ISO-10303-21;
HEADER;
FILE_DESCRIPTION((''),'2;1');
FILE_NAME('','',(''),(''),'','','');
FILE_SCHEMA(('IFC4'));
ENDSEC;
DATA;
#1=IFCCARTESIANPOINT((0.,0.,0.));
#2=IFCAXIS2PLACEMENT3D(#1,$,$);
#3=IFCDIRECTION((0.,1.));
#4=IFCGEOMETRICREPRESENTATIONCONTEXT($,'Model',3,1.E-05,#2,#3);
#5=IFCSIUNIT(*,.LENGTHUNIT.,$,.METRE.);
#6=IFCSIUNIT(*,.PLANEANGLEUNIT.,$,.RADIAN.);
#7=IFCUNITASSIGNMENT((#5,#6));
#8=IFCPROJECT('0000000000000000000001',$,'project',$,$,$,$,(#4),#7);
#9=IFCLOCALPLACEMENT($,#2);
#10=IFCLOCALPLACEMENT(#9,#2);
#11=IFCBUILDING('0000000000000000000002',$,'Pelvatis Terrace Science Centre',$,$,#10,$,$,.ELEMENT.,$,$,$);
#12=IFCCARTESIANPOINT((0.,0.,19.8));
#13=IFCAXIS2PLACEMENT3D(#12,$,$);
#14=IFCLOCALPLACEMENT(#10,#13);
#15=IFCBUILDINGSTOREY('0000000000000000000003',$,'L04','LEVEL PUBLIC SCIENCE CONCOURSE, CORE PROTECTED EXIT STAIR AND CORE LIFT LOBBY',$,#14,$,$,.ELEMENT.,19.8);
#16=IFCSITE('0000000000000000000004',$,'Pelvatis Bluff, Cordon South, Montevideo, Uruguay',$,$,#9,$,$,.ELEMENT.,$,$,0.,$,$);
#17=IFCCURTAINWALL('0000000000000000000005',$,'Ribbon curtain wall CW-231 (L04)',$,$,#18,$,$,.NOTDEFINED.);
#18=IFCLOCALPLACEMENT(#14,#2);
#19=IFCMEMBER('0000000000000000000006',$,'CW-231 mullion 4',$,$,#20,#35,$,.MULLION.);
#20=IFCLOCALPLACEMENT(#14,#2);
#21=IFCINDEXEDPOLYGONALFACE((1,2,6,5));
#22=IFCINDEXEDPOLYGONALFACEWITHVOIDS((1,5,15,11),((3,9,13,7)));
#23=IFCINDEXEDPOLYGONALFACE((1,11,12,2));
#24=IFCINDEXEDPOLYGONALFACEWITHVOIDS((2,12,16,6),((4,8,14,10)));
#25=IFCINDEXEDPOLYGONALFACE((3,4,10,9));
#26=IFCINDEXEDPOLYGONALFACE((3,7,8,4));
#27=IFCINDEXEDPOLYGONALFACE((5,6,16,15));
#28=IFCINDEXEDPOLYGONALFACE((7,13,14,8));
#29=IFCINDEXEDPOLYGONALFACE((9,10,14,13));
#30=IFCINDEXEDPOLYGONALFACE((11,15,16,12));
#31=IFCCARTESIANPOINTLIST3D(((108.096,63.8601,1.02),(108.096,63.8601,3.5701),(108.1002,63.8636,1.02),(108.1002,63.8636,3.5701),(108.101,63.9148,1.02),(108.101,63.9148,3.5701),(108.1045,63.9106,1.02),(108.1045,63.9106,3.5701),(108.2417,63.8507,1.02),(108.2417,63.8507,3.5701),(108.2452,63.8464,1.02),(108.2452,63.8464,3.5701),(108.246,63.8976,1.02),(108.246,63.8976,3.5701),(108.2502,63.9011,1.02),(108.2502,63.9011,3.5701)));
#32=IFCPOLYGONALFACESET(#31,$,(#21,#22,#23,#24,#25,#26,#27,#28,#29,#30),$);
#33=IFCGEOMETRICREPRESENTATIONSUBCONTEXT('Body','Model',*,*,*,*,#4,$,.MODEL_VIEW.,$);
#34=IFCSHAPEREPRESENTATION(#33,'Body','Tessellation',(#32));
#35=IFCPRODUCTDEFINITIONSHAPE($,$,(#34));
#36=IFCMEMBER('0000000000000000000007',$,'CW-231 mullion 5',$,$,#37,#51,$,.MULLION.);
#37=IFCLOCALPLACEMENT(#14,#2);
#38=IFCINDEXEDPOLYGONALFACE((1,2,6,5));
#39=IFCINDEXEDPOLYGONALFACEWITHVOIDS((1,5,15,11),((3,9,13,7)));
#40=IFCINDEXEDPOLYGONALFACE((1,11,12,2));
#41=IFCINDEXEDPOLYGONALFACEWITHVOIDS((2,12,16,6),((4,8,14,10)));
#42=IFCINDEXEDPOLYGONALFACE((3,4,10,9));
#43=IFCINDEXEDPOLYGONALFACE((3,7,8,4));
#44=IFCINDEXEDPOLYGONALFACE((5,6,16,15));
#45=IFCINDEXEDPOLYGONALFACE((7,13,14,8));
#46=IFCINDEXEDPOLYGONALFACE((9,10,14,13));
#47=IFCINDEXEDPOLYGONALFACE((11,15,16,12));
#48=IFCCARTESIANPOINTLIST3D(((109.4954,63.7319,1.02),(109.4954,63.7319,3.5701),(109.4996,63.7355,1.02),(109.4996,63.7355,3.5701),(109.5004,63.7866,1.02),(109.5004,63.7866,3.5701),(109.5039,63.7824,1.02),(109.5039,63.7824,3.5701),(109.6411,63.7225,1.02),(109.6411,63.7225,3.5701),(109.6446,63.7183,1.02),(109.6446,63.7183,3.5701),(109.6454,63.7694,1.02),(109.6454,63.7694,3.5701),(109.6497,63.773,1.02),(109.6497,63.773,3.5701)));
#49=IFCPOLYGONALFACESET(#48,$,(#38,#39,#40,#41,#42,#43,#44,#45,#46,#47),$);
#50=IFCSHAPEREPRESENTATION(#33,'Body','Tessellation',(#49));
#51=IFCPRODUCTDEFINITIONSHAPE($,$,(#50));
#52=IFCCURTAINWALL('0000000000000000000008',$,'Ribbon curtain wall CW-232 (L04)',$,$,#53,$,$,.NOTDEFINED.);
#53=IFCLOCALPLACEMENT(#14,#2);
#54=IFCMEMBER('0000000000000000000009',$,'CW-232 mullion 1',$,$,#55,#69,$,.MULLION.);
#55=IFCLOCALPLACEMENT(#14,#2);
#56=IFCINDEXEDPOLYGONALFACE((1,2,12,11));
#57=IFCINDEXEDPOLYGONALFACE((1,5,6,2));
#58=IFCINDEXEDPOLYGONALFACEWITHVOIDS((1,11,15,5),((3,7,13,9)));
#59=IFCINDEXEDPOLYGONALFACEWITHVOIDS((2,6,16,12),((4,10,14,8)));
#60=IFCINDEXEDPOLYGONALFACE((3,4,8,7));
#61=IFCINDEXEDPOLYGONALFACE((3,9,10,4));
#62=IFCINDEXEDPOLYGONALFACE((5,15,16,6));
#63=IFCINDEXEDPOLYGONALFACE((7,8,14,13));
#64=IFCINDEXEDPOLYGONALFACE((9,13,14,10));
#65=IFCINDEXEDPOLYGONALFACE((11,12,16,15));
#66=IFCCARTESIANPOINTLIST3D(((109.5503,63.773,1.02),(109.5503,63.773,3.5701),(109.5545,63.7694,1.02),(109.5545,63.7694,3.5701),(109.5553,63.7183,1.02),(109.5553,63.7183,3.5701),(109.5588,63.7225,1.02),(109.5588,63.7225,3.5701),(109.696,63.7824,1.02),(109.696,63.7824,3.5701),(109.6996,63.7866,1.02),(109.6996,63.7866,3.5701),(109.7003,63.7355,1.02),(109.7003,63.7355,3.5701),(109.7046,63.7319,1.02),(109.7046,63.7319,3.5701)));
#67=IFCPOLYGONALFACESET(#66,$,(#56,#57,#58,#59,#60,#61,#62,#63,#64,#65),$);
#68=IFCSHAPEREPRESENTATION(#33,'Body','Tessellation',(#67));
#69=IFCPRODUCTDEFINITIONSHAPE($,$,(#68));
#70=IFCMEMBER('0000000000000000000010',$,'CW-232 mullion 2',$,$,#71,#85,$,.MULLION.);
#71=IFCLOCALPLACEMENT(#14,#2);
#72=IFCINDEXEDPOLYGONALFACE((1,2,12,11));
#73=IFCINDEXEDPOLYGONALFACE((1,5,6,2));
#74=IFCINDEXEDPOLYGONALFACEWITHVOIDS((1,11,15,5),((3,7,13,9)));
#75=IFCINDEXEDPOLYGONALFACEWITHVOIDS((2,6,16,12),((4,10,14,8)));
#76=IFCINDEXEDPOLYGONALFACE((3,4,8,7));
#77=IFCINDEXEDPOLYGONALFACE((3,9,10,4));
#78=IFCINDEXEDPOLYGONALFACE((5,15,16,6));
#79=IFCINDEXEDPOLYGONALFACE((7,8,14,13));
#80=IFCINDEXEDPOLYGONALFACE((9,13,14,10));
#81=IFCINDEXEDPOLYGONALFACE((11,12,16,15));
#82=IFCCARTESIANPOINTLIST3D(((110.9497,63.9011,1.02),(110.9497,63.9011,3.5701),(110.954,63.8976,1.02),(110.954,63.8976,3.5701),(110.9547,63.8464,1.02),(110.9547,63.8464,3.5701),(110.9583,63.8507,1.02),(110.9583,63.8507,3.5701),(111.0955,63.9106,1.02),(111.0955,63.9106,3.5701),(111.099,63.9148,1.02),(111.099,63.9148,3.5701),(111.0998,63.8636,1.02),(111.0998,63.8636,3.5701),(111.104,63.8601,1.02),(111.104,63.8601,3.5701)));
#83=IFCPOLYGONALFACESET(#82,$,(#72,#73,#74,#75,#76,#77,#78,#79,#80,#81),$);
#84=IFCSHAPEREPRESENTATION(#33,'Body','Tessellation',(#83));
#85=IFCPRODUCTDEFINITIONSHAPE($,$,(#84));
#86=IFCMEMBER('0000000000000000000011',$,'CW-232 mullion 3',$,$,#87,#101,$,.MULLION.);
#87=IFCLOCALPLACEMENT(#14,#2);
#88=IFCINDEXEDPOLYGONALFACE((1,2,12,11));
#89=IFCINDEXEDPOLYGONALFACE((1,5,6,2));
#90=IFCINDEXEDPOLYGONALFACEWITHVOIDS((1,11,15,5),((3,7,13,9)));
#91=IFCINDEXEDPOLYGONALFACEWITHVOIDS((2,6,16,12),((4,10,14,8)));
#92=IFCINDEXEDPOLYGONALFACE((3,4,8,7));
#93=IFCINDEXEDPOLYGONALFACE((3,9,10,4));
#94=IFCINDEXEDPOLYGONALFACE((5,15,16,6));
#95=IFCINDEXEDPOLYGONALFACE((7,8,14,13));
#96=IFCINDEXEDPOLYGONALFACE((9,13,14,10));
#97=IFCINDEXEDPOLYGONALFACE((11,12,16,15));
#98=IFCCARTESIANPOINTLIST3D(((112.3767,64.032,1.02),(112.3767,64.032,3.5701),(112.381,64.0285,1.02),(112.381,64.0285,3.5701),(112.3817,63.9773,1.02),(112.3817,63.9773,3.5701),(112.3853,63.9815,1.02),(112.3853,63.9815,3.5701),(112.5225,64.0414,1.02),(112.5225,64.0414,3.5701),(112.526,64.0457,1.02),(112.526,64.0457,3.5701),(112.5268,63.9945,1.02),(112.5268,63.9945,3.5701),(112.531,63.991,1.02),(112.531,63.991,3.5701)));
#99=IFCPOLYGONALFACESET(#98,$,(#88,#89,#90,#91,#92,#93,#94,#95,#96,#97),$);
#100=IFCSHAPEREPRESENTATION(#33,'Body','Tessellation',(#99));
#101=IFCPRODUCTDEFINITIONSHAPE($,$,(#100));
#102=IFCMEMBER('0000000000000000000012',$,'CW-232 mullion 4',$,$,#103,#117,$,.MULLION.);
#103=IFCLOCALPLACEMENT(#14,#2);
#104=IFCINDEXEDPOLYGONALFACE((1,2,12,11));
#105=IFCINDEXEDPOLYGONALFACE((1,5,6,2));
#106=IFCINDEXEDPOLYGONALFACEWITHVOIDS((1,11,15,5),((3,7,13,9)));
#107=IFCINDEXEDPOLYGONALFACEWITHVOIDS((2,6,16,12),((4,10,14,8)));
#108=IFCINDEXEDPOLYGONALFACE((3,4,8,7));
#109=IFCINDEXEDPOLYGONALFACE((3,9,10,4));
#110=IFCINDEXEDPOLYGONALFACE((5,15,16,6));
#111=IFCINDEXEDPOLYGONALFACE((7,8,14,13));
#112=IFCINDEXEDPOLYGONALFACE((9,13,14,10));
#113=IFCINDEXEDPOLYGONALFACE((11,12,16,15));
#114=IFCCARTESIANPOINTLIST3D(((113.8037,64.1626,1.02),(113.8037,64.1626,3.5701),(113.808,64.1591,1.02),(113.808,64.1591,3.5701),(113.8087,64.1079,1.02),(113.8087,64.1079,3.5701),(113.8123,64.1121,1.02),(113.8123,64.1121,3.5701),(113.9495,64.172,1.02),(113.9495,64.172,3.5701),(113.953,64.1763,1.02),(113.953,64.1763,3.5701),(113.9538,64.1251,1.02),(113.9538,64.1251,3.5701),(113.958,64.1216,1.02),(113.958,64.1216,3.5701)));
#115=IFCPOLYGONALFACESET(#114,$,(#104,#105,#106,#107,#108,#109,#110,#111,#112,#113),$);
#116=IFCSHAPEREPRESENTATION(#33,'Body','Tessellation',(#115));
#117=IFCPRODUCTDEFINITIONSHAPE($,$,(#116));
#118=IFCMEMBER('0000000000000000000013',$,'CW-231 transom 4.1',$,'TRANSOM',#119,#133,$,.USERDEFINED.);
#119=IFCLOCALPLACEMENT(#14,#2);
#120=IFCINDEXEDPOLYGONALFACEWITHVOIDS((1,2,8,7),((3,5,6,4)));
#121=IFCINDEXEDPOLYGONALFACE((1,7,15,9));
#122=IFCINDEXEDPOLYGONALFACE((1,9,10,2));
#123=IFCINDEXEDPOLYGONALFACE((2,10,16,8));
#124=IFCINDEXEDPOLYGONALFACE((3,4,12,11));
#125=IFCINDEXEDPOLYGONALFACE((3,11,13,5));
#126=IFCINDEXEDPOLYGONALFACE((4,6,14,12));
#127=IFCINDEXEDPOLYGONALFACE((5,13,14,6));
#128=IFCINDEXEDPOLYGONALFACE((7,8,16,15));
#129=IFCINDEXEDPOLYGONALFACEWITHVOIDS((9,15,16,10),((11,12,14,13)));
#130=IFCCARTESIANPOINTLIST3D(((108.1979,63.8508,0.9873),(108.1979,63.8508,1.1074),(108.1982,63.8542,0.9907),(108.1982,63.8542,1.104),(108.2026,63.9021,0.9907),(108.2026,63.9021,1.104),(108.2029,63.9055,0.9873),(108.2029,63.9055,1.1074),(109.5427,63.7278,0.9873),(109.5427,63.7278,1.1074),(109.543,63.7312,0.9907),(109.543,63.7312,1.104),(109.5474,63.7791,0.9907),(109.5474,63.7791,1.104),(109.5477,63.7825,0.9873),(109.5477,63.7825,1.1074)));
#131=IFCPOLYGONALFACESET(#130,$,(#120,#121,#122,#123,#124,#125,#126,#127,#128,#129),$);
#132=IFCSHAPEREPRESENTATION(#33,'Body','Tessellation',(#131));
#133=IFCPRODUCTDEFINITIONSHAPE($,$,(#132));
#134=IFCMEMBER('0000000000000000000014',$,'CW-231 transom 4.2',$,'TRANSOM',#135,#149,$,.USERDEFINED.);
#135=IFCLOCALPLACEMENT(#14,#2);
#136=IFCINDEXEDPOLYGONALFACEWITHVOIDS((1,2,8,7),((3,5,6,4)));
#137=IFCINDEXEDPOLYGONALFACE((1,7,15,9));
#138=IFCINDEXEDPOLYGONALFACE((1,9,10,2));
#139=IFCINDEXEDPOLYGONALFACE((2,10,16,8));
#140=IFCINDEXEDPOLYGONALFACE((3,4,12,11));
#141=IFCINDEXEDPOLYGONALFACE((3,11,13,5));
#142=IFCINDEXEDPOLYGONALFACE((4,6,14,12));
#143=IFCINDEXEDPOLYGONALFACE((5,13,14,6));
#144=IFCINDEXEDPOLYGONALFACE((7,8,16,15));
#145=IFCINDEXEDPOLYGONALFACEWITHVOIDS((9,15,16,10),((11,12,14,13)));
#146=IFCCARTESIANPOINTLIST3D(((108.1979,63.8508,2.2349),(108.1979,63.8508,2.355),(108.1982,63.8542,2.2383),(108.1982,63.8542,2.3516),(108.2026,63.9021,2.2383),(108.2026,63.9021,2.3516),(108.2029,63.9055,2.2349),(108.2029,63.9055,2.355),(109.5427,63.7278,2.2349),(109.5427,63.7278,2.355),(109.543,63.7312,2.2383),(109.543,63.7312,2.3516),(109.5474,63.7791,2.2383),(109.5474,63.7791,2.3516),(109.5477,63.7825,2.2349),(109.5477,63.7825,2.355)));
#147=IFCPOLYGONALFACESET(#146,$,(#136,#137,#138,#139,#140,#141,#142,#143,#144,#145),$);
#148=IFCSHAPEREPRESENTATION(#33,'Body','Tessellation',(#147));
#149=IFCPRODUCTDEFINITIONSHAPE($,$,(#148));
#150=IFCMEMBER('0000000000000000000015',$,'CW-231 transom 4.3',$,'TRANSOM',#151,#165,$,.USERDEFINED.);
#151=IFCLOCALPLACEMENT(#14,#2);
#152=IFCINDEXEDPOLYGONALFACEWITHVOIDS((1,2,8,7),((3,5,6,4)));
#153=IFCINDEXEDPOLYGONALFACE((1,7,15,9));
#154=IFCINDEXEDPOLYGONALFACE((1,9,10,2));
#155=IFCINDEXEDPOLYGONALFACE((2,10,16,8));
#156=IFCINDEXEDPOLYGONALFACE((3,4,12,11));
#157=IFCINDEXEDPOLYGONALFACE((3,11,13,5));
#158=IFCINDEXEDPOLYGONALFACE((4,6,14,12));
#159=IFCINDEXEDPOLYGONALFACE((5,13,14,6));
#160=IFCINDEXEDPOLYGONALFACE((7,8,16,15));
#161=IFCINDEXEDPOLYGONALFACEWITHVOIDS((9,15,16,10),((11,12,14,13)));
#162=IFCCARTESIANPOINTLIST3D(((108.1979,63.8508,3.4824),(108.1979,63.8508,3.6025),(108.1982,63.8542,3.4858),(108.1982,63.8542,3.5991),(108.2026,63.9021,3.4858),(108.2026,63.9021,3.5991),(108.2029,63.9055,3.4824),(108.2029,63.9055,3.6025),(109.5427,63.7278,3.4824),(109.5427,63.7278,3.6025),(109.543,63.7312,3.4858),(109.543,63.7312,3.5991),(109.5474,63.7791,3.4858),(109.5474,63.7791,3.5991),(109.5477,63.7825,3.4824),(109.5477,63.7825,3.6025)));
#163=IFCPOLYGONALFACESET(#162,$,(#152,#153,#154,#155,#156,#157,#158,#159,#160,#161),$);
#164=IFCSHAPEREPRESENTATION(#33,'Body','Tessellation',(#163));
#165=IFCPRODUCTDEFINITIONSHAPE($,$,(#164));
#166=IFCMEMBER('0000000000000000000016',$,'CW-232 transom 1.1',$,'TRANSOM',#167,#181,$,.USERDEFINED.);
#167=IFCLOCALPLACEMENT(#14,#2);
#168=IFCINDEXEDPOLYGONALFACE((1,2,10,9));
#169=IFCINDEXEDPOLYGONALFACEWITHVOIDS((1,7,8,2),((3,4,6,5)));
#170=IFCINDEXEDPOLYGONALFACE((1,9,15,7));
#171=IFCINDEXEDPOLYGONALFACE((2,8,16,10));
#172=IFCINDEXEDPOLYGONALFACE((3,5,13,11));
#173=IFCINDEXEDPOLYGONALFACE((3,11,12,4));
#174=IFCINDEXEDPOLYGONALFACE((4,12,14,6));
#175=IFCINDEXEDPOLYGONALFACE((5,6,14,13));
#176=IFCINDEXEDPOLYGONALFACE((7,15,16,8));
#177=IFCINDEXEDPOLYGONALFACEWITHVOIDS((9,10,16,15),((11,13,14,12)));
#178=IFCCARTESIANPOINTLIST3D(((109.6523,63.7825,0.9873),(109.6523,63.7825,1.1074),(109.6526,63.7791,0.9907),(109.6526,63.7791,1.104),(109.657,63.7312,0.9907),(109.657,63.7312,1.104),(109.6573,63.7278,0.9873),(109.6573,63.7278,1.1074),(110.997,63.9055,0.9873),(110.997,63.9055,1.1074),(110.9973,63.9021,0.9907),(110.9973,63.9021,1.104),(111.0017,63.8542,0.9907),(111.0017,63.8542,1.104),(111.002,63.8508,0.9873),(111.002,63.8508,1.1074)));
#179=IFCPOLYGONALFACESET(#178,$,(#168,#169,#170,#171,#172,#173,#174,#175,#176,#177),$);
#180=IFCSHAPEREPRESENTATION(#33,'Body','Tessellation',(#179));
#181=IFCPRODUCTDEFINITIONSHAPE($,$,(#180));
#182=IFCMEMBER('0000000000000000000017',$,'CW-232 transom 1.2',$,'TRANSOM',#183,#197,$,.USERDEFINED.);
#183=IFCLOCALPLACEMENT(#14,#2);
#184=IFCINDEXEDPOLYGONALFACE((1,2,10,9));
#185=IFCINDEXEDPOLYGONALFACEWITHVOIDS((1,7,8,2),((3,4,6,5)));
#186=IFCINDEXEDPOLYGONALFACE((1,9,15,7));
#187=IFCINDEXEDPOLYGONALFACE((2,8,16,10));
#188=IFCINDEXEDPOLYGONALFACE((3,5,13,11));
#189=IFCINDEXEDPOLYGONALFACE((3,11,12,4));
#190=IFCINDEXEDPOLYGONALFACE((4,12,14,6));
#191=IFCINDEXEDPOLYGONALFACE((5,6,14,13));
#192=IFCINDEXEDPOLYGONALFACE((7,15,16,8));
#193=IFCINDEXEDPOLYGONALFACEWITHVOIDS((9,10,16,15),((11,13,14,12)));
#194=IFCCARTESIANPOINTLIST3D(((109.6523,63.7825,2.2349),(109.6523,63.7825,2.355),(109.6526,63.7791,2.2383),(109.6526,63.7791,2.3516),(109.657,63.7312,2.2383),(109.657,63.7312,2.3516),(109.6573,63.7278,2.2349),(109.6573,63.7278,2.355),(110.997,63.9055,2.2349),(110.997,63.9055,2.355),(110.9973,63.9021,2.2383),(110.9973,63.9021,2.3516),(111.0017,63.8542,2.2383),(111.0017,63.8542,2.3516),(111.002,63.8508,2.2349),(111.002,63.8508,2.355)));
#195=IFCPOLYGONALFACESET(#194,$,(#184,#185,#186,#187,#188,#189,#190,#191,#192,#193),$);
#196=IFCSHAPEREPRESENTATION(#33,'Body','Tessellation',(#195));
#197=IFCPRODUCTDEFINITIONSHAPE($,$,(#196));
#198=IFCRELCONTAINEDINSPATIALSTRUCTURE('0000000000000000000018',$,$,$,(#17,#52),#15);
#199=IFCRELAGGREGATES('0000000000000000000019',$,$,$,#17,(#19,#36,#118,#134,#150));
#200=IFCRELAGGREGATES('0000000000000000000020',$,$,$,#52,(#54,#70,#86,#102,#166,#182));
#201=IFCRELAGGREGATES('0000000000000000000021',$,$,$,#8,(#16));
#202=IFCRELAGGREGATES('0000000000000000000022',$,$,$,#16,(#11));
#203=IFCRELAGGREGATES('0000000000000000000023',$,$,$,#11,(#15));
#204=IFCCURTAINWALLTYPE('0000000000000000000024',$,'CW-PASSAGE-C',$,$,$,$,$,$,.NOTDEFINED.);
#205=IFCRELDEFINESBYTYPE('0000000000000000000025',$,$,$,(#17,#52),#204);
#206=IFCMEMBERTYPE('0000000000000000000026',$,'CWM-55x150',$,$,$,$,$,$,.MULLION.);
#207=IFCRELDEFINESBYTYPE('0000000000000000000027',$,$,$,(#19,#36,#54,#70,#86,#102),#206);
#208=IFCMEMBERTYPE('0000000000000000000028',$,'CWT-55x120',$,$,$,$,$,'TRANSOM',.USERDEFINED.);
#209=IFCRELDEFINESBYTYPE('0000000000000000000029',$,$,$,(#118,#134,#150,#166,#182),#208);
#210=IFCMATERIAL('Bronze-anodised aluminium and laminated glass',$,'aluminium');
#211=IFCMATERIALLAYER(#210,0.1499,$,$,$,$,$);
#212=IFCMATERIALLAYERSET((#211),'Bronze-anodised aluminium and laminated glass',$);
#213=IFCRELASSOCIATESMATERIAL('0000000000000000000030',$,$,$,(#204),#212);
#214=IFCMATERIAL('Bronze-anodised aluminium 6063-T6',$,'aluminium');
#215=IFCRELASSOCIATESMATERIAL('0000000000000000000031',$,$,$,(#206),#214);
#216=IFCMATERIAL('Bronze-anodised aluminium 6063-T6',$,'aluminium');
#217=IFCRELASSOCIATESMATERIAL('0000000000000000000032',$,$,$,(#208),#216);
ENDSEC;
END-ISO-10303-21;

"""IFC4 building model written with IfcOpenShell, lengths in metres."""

from ifc_helpers import new_model, si_unit, direction, frame, origin, origin_2d, place, context, subcontext, project, spatial, hollow_rectangle, extrude, material, layer, layer_set, material_profile, profile_set, type_object, element, aggregate, save


model = new_model("IFC4")

# Units and contexts
model_context = context("Model", 3, precision=1e-05, world=origin(), true_north=direction((0.0, 1.0)))
body_context = subcontext(model_context, "Body", "Model", "MODEL_VIEW")
ifc_project = project(units=[si_unit("LENGTHUNIT", "METRE"), si_unit("PLANEANGLEUNIT", "RADIAN")], contexts=[model_context])

# Site, building, storey
site_placement = place(None, origin())
site = spatial("IfcSite", under=ifc_project, at=site_placement, Name="Pelvatis Bluff, Cordon South, Montevideo, Uruguay", CompositionType="ELEMENT", RefElevation=0.0)
building_placement = place(site_placement, origin())
building = spatial("IfcBuilding", under=site, at=building_placement, Name="Pelvatis Terrace Science Centre", CompositionType="ELEMENT")
storey_placement = place(building_placement, frame((0.0, 0.0, 19.8)))
storey = spatial("IfcBuildingStorey", under=building, at=storey_placement, Name="L04", Description="LEVEL PUBLIC SCIENCE CONCOURSE, CORE PROTECTED EXIT STAIR AND CORE LIFT LOBBY", CompositionType="ELEMENT", Elevation=19.8)

# Curtain walls, members
ifc_material_1 = material(Name="Bronze-anodised aluminium and laminated glass", Category="aluminium")
ifc_layer_1 = layer(ifc_material_1, 0.1499)
ifc_layer_set_1 = layer_set([ifc_layer_1], Name="Bronze-anodised aluminium and laminated glass")
curtain_wall_type = type_object("IfcCurtainWallType", Name="CW-PASSAGE-C", PredefinedType="NOTDEFINED", material=ifc_layer_set_1)
curtain_wall_1_placement = place(storey_placement, origin())
curtain_wall_1 = element("IfcCurtainWall", 1, at=curtain_wall_1_placement, inside=storey, type_object=curtain_wall_type, Name="Ribbon curtain wall CW-231 (L04)", PredefinedType="NOTDEFINED")
ifc_material_2 = material(Name="Bronze-anodised aluminium 6063-T6", Category="aluminium")
ifc_material_profile_1 = material_profile(ifc_material_2, hollow_rectangle(XDim=0.0549, YDim=0.1499, WallThickness=0.0039, at=origin_2d()), Name="ALU-MUL 55x150")
ifc_profile_set_1 = profile_set([ifc_material_profile_1], Name="Bronze-anodised aluminium 6063-T6")
member_type_1 = type_object("IfcMemberType", Name="CWM-55x150", PredefinedType="MULLION", material=ifc_profile_set_1)
member_1_placement = place(storey_placement, frame((108.1731, 63.8806, 1.02), z_axis=(0.0, 0.0, 1.0), x_axis=(0.091214, 0.995831, 0.0)))
member_1 = element("IfcMember", 2, at=member_1_placement, type_object=member_type_1, Name="CW-231 mullion 4", PredefinedType="MULLION", context=body_context, shape_type="SweptSolid", body=[
    extrude(hollow_rectangle(XDim=0.0549, YDim=0.1499, WallThickness=0.0039, at=origin_2d()), origin(), (0.0, 0.0, 1.0), 2.55),
])
member_2_placement = place(storey_placement, frame((109.5725, 63.7524, 1.02), z_axis=(0.0, 0.0, 1.0), x_axis=(0.091214, 0.995831, 0.0)))
member_2 = element("IfcMember", 3, at=member_2_placement, type_object=member_type_1, Name="CW-231 mullion 5", PredefinedType="MULLION", context=body_context, shape_type="SweptSolid", body=[
    extrude(hollow_rectangle(XDim=0.0549, YDim=0.1499, WallThickness=0.0039, at=origin_2d()), origin(), (0.0, 0.0, 1.0), 2.55),
])
curtain_wall_2_placement = place(storey_placement, origin())
curtain_wall_2 = element("IfcCurtainWall", 4, at=curtain_wall_2_placement, inside=storey, type_object=curtain_wall_type, Name="Ribbon curtain wall CW-232 (L04)", PredefinedType="NOTDEFINED")
member_3_placement = place(storey_placement, frame((109.6274, 63.7524, 1.02), z_axis=(0.0, 0.0, 1.0), x_axis=(-0.091214, 0.995831, 0.0)))
member_3 = element("IfcMember", 5, at=member_3_placement, type_object=member_type_1, Name="CW-232 mullion 1", PredefinedType="MULLION", context=body_context, shape_type="SweptSolid", body=[
    extrude(hollow_rectangle(XDim=0.0549, YDim=0.1499, WallThickness=0.0039, at=origin_2d()), origin(), (0.0, 0.0, 1.0), 2.55),
])
member_4_placement = place(storey_placement, frame((111.0269, 63.8806, 1.02), z_axis=(0.0, 0.0, 1.0), x_axis=(-0.091214, 0.995831, 0.0)))
member_4 = element("IfcMember", 6, at=member_4_placement, type_object=member_type_1, Name="CW-232 mullion 2", PredefinedType="MULLION", context=body_context, shape_type="SweptSolid", body=[
    extrude(hollow_rectangle(XDim=0.0549, YDim=0.1499, WallThickness=0.0039, at=origin_2d()), origin(), (0.0, 0.0, 1.0), 2.55),
])
member_5_placement = place(storey_placement, frame((112.4539, 64.0115, 1.02), z_axis=(0.0, 0.0, 1.0), x_axis=(-0.091214, 0.995831, 0.0)))
member_5 = element("IfcMember", 7, at=member_5_placement, type_object=member_type_1, Name="CW-232 mullion 3", PredefinedType="MULLION", context=body_context, shape_type="SweptSolid", body=[
    extrude(hollow_rectangle(XDim=0.0549, YDim=0.1499, WallThickness=0.0039, at=origin_2d()), origin(), (0.0, 0.0, 1.0), 2.55),
])
member_6_placement = place(storey_placement, frame((113.8809, 64.1421, 1.02), z_axis=(0.0, 0.0, 1.0), x_axis=(-0.091214, 0.995831, 0.0)))
member_6 = element("IfcMember", 8, at=member_6_placement, type_object=member_type_1, Name="CW-232 mullion 4", PredefinedType="MULLION", context=body_context, shape_type="SweptSolid", body=[
    extrude(hollow_rectangle(XDim=0.0549, YDim=0.1499, WallThickness=0.0039, at=origin_2d()), origin(), (0.0, 0.0, 1.0), 2.55),
])

# Members
ifc_material_3 = material(Name="Bronze-anodised aluminium 6063-T6", Category="aluminium")
ifc_material_profile_2 = material_profile(ifc_material_3, hollow_rectangle(XDim=0.0549, YDim=0.1201, WallThickness=0.0034, at=origin_2d()), Name="ALU-TRN 55x120")
ifc_profile_set_2 = profile_set([ifc_material_profile_2], Name="Bronze-anodised aluminium 6063-T6")
member_type_2 = type_object("IfcMemberType", Name="CWT-55x120", ElementType="TRANSOM", PredefinedType="USERDEFINED", material=ifc_profile_set_2)
member_7_placement = place(storey_placement, frame((108.2004, 63.8782, 1.0474), z_axis=(0.99584, -0.091123, 0.0), x_axis=(0.091123, 0.99584, 0.0)))
member_7 = element("IfcMember", 9, at=member_7_placement, type_object=member_type_2, Name="CW-231 transom 4.1", ObjectType="TRANSOM", PredefinedType="USERDEFINED", context=body_context, shape_type="SweptSolid", body=[
    extrude(hollow_rectangle(XDim=0.0549, YDim=0.1201, WallThickness=0.0034, at=origin_2d()), origin(), (0.0, 0.0, 1.0), 1.3503),
])
member_8_placement = place(storey_placement, frame((108.2004, 63.8782, 2.2949), z_axis=(0.99584, -0.091123, 0.0), x_axis=(0.091123, 0.99584, 0.0)))
member_8 = element("IfcMember", 10, at=member_8_placement, type_object=member_type_2, Name="CW-231 transom 4.2", ObjectType="TRANSOM", PredefinedType="USERDEFINED", context=body_context, shape_type="SweptSolid", body=[
    extrude(hollow_rectangle(XDim=0.0549, YDim=0.1201, WallThickness=0.0034, at=origin_2d()), origin(), (0.0, 0.0, 1.0), 1.3503),
])
member_9_placement = place(storey_placement, frame((108.2004, 63.8782, 3.5425), z_axis=(0.99584, -0.091123, 0.0), x_axis=(0.091123, 0.99584, 0.0)))
member_9 = element("IfcMember", 11, at=member_9_placement, type_object=member_type_2, Name="CW-231 transom 4.3", ObjectType="TRANSOM", PredefinedType="USERDEFINED", context=body_context, shape_type="SweptSolid", body=[
    extrude(hollow_rectangle(XDim=0.0549, YDim=0.1201, WallThickness=0.0034, at=origin_2d()), origin(), (0.0, 0.0, 1.0), 1.3503),
])
member_10_placement = place(storey_placement, frame((109.6548, 63.7551, 1.0474), z_axis=(0.99584, 0.091123, 0.0), x_axis=(-0.091123, 0.99584, 0.0)))
member_10 = element("IfcMember", 12, at=member_10_placement, type_object=member_type_2, Name="CW-232 transom 1.1", ObjectType="TRANSOM", PredefinedType="USERDEFINED", context=body_context, shape_type="SweptSolid", body=[
    extrude(hollow_rectangle(XDim=0.0549, YDim=0.1201, WallThickness=0.0034, at=origin_2d()), origin(), (0.0, 0.0, 1.0), 1.3503),
])
member_11_placement = place(storey_placement, frame((109.6548, 63.7551, 2.2949), z_axis=(0.99584, 0.091123, 0.0), x_axis=(-0.091123, 0.99584, 0.0)))
member_11 = element("IfcMember", 13, at=member_11_placement, type_object=member_type_2, Name="CW-232 transom 1.2", ObjectType="TRANSOM", PredefinedType="USERDEFINED", context=body_context, shape_type="SweptSolid", body=[
    extrude(hollow_rectangle(XDim=0.0549, YDim=0.1201, WallThickness=0.0034, at=origin_2d()), origin(), (0.0, 0.0, 1.0), 1.3503),
])

aggregate(curtain_wall_1, [member_1, member_2, member_7, member_8, member_9])
aggregate(curtain_wall_2, [member_3, member_4, member_5, member_6, member_10, member_11])

save(model, "model.ifc")
